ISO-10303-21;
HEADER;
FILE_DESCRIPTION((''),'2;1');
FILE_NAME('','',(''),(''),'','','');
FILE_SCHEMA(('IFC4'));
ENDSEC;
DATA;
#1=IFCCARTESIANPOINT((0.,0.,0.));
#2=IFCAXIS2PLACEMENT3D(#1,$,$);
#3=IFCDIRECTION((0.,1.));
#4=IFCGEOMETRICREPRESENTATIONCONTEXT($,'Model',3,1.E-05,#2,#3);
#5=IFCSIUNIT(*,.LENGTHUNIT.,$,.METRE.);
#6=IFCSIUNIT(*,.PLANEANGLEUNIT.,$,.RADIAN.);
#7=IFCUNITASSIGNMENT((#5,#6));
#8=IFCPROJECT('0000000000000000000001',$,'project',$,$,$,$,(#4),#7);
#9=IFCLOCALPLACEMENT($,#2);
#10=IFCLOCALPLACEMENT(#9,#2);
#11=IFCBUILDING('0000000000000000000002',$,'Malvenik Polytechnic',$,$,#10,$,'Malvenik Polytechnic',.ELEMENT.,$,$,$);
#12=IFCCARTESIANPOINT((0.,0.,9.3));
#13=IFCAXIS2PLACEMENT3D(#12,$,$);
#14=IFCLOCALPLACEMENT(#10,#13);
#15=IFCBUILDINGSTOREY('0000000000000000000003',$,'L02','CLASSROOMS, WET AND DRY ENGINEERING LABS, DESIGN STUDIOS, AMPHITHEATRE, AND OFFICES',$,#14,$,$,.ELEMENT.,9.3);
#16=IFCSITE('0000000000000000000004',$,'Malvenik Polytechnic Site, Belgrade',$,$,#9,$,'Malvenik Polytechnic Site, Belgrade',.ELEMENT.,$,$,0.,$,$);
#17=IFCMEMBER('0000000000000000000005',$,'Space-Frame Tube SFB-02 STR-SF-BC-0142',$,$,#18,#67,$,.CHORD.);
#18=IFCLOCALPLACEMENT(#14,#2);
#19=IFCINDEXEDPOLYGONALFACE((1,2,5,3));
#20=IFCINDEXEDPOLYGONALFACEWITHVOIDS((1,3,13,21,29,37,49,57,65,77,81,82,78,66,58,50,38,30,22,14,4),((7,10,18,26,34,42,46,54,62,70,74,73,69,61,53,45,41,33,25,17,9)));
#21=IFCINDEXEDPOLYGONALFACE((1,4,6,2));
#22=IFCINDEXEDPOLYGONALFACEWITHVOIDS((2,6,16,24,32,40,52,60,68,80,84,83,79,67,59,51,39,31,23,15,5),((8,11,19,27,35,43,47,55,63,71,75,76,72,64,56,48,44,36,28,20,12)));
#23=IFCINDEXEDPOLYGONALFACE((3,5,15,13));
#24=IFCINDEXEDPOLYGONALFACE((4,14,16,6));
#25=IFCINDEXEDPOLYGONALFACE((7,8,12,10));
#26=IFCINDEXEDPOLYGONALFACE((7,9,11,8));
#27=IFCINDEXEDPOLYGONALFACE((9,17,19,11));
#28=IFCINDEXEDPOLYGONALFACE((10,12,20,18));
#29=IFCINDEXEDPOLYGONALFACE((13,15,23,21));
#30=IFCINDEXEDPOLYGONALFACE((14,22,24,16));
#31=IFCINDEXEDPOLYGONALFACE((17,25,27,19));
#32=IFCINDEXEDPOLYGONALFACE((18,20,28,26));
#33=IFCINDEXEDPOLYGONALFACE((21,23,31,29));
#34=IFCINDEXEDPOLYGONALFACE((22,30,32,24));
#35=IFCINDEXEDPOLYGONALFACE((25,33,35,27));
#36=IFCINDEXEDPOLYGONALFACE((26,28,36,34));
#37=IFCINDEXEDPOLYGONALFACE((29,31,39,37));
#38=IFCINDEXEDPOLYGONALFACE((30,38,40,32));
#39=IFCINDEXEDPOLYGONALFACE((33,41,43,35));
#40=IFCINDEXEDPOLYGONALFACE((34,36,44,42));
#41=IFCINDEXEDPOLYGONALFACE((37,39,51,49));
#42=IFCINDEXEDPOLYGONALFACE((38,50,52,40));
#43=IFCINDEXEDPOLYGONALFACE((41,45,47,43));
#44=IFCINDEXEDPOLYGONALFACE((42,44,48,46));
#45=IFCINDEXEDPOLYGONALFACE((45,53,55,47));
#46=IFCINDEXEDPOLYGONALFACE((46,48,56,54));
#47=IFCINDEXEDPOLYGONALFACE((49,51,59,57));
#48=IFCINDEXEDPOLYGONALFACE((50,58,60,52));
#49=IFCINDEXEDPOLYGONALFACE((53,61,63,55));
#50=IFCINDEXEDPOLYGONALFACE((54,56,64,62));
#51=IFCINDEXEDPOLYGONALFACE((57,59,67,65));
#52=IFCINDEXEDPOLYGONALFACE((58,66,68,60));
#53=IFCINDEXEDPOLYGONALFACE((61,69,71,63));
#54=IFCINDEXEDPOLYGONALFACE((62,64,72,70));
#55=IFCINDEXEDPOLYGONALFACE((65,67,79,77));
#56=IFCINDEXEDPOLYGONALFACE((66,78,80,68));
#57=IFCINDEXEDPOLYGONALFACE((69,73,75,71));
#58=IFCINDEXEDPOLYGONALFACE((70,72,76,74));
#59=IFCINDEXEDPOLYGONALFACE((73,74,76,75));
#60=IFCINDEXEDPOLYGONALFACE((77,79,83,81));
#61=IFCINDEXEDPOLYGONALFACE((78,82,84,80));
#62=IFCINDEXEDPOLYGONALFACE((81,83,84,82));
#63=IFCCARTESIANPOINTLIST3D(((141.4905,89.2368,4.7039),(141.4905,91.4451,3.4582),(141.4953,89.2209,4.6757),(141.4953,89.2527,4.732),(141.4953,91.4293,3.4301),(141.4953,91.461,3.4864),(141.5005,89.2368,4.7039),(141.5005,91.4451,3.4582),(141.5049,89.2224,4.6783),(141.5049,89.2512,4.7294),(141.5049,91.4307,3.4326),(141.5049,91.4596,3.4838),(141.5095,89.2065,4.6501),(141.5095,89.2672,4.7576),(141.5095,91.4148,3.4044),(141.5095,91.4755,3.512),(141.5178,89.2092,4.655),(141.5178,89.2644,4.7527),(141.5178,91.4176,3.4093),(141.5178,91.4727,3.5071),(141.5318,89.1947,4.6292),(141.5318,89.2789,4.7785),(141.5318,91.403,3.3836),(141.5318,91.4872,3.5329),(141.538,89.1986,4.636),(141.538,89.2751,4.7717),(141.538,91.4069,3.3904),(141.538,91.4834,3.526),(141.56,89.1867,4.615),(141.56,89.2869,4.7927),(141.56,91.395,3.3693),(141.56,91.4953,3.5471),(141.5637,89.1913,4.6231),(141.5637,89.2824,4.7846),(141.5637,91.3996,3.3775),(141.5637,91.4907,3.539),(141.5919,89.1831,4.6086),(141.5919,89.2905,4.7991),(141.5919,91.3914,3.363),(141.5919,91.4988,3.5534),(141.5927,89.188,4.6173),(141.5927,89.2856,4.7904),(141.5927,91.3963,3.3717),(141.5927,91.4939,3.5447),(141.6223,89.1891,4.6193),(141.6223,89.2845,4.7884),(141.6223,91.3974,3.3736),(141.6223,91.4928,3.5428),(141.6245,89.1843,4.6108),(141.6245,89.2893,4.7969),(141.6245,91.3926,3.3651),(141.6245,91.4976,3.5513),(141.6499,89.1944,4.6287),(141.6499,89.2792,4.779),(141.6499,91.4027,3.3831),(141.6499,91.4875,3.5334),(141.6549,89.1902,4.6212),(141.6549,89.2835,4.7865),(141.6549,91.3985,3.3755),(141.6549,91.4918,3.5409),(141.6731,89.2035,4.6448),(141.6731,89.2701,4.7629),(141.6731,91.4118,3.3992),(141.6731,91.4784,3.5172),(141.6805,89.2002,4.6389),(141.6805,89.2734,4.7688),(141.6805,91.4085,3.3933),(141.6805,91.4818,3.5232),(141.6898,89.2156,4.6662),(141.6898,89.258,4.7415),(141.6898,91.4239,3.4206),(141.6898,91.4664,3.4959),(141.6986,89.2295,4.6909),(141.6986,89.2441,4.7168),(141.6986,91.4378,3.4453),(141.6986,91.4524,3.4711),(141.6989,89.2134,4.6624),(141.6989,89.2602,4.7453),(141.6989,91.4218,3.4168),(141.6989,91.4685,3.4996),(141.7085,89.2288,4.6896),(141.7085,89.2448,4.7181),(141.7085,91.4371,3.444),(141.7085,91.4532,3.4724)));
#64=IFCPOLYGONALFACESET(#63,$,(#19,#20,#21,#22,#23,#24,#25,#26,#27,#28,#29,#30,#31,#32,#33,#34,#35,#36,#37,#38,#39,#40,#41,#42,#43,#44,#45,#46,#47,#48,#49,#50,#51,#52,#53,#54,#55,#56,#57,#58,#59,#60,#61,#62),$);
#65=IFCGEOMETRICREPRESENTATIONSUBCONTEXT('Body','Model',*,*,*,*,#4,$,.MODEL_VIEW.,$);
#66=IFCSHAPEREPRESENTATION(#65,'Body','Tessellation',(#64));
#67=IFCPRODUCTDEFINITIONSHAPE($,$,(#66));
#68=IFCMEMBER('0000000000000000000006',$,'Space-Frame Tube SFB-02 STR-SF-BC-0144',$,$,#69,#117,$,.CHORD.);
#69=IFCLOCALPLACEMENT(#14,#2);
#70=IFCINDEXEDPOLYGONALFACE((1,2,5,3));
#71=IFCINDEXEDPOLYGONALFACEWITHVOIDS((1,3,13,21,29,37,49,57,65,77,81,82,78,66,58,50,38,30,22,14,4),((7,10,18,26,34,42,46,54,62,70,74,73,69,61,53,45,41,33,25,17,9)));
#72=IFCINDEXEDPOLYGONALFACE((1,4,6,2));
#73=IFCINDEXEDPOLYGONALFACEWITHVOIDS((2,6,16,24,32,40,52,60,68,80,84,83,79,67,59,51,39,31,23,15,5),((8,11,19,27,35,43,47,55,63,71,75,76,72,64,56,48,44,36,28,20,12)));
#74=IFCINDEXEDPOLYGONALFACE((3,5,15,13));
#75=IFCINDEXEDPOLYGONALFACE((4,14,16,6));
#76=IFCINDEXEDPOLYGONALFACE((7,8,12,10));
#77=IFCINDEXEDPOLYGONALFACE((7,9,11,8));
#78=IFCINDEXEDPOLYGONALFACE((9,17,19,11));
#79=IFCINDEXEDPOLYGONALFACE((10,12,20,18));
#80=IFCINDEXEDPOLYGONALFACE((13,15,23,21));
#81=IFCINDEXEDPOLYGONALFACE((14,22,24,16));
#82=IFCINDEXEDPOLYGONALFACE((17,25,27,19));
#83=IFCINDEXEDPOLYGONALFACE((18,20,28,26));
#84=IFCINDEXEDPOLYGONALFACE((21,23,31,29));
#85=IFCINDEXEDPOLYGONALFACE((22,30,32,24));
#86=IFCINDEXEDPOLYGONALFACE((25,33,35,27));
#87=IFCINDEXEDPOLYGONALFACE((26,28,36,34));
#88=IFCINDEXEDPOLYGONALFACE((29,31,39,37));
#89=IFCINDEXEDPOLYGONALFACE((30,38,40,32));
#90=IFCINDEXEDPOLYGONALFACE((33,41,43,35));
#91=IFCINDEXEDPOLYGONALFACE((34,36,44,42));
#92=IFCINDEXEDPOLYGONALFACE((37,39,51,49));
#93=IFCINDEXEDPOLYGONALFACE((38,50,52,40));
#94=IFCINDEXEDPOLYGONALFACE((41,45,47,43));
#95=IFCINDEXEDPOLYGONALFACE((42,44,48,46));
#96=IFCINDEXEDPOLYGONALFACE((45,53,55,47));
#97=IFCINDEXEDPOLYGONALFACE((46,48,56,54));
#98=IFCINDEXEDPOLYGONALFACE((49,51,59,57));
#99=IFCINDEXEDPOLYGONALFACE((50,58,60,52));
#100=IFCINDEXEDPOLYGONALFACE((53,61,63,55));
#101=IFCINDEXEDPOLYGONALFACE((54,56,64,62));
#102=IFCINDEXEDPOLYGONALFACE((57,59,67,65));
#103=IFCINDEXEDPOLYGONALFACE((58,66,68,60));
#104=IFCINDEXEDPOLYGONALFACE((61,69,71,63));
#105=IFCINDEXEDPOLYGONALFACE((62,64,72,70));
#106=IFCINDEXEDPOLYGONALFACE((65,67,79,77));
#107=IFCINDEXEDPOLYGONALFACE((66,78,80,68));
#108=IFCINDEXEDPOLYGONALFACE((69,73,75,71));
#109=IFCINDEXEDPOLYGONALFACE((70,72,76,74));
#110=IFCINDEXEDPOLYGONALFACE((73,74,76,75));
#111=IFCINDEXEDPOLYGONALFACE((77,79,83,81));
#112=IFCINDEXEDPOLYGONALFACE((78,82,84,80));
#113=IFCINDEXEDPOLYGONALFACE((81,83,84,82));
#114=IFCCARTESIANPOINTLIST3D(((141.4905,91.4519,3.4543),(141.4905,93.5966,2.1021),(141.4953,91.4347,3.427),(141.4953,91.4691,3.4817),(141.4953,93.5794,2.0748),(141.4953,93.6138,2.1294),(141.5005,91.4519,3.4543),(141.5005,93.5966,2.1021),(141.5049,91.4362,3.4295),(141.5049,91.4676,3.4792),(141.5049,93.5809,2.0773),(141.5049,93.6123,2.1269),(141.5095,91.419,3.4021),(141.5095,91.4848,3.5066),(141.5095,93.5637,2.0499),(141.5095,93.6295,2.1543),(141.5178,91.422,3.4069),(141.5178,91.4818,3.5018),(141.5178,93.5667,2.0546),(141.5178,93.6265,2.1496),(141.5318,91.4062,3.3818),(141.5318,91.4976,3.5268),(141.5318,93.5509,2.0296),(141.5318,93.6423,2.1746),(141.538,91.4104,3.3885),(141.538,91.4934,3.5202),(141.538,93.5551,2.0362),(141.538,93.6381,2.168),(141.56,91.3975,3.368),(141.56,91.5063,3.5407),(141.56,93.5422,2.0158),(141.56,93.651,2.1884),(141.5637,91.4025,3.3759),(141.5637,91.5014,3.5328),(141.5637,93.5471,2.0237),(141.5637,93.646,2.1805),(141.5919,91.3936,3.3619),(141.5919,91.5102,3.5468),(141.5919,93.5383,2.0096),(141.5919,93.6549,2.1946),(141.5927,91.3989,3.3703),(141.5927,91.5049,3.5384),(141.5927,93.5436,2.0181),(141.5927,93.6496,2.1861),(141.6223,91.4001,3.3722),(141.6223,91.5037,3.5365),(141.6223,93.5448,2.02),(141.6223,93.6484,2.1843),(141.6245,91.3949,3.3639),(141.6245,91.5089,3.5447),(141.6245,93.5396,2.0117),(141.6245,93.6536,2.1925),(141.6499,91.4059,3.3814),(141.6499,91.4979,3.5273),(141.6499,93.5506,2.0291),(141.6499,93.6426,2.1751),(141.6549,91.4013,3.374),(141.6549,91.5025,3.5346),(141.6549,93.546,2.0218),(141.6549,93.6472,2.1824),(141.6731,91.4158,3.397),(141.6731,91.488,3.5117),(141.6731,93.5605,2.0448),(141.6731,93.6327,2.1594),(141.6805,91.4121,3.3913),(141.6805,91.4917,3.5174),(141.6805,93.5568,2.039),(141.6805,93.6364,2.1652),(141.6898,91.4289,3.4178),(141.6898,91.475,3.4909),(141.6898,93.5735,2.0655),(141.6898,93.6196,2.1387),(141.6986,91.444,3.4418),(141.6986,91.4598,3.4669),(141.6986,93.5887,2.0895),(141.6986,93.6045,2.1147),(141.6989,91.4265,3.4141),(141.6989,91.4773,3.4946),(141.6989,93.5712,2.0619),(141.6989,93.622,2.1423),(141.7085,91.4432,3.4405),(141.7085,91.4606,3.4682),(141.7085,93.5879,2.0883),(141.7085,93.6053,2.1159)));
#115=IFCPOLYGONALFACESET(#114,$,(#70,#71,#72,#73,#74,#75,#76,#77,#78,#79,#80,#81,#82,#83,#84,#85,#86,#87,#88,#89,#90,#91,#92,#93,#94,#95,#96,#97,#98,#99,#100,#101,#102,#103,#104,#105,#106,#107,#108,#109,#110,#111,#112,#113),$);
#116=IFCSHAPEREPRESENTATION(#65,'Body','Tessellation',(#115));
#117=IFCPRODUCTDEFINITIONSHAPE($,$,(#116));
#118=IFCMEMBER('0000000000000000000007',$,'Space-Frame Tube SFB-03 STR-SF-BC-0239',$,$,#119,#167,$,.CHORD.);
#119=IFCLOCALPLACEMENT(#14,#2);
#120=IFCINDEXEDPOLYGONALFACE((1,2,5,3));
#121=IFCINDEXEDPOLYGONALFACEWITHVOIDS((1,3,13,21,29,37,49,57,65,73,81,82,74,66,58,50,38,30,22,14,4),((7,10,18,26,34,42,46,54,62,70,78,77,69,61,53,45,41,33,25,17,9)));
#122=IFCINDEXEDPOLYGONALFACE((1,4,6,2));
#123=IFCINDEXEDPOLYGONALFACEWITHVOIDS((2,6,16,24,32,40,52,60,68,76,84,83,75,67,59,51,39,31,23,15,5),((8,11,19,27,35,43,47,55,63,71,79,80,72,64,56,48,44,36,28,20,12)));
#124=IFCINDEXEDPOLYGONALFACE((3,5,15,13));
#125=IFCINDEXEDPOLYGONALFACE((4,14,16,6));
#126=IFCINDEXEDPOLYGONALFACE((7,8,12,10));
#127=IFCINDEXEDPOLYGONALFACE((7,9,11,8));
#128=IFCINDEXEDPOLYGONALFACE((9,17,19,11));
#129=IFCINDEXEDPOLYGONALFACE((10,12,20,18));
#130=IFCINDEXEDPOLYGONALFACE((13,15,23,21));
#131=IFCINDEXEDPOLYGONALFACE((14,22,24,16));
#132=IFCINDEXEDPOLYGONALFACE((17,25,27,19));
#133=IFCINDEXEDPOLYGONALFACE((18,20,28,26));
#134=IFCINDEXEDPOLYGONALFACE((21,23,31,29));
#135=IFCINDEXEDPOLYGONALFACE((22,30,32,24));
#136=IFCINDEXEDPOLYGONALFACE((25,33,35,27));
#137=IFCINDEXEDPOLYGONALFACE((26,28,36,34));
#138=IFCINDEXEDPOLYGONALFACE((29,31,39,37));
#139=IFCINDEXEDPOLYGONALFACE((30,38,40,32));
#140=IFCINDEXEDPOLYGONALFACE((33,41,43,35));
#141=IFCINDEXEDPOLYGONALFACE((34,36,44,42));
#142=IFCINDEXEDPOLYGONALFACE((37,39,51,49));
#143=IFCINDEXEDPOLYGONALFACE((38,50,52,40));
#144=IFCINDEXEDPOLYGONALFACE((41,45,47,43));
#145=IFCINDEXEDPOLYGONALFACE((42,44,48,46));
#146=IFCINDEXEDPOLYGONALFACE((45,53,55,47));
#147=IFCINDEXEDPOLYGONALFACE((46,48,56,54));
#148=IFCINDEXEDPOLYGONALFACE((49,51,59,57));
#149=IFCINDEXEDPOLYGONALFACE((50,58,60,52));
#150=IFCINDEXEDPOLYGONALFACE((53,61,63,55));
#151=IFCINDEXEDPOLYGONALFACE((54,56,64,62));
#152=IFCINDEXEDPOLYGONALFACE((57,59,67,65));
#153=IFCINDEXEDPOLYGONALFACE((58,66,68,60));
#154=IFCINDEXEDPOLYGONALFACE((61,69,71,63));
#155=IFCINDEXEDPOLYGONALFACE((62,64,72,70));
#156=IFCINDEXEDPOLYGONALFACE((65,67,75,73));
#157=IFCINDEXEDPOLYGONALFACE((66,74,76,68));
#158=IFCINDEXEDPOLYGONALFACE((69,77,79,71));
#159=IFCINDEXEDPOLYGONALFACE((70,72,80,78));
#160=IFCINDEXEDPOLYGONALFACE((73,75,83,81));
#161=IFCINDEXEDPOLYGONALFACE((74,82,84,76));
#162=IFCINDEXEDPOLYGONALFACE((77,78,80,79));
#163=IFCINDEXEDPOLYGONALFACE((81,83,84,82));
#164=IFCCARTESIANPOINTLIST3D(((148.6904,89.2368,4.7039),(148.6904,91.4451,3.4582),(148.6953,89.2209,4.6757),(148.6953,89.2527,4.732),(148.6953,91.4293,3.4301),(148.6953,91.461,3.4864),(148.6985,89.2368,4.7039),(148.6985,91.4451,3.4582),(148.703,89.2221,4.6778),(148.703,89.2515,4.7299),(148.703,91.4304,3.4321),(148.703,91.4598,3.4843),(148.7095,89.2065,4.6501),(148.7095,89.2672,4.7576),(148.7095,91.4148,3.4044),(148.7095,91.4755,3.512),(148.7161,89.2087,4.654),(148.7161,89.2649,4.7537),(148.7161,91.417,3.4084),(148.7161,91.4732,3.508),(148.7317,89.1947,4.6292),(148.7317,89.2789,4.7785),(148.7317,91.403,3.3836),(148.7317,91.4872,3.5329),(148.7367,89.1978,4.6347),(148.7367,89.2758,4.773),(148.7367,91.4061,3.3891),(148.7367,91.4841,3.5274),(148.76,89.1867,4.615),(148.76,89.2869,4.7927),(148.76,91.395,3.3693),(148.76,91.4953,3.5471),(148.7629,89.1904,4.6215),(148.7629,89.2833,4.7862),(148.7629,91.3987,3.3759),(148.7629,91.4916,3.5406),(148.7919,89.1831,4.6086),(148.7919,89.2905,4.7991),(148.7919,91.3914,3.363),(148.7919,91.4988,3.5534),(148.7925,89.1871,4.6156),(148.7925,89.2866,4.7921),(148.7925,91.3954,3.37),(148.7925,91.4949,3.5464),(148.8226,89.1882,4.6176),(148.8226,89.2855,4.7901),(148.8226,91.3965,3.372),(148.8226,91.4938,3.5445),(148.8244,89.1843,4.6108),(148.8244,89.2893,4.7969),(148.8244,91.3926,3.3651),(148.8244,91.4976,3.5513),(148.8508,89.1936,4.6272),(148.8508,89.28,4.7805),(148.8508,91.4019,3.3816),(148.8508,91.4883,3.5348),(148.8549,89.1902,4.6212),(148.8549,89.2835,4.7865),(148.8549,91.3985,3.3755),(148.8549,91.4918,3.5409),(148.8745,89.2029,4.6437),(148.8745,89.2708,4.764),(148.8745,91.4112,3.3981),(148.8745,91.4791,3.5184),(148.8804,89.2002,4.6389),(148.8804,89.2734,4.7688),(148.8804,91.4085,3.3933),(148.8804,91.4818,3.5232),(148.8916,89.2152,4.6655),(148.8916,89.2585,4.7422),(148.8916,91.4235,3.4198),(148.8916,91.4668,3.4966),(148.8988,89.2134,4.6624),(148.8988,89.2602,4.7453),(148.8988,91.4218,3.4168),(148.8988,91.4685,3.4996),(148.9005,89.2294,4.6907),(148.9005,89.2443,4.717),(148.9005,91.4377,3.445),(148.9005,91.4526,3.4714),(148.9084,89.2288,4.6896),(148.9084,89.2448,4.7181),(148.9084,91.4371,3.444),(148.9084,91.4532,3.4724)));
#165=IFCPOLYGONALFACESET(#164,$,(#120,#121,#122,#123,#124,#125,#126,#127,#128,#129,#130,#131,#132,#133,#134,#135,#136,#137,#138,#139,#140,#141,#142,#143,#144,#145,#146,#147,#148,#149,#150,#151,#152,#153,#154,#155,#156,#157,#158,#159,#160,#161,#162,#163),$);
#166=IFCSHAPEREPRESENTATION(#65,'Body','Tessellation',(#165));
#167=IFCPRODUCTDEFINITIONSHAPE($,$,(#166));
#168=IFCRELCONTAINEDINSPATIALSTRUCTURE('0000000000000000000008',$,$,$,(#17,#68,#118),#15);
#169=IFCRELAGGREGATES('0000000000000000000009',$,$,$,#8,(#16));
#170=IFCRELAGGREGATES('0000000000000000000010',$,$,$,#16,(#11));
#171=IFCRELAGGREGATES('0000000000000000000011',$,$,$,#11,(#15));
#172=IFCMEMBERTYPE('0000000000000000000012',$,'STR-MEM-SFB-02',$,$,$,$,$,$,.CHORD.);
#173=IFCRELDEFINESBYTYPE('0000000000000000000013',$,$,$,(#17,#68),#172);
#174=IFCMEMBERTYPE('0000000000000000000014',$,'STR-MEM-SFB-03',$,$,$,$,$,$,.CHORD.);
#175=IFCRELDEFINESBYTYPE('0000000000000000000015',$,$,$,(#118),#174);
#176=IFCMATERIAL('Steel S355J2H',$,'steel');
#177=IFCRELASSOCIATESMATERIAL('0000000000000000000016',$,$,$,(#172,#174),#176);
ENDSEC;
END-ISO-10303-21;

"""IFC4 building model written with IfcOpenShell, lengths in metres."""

from ifc_helpers import new_model, si_unit, direction, frame, origin, origin_2d, place, context, subcontext, project, spatial, hollow_circle, extrude, material, material_profile, profile_set, type_object, element, save


model = new_model("IFC4")

# Units and contexts
model_context = context("Model", 3, precision=1e-05, world=origin(), true_north=direction((0.0, 1.0)))
body_context = subcontext(model_context, "Body", "Model", "MODEL_VIEW")
ifc_project = project(units=[si_unit("LENGTHUNIT", "METRE"), si_unit("PLANEANGLEUNIT", "RADIAN")], contexts=[model_context])

# Site, building, storey
site_placement = place(None, origin())
site = spatial("IfcSite", under=ifc_project, at=site_placement, Name="Malvenik Polytechnic Site, Belgrade", LongName="Malvenik Polytechnic Site, Belgrade", CompositionType="ELEMENT", RefElevation=0.0)
building_placement = place(site_placement, origin())
building = spatial("IfcBuilding", under=site, at=building_placement, Name="Malvenik Polytechnic", LongName="Malvenik Polytechnic", CompositionType="ELEMENT")
storey_placement = place(building_placement, frame((0.0, 0.0, 9.3)))
storey = spatial("IfcBuildingStorey", under=building, at=storey_placement, Name="L02", Description="CLASSROOMS, WET AND DRY ENGINEERING LABS, DESIGN STUDIOS, AMPHITHEATRE, AND OFFICES", CompositionType="ELEMENT", Elevation=9.3)

# Members
ifc_material_1 = material(Name="Steel S355J2H", Category="steel")
ifc_material_profile_1 = material_profile(ifc_material_1, hollow_circle(Radius=0.1096, WallThickness=0.01, at=origin_2d()), Name="CHS 219.1x10.0")
ifc_profile_set_1 = profile_set([ifc_material_profile_1], Name="Steel S355J2H")
member_type_1 = type_object("IfcMemberType", Name="STR-MEM-SFB-02", PredefinedType="CHORD", material=ifc_profile_set_1)
for number, where, z_axis, x_axis, name in (
    (1, (141.6001, 89.2368, 4.7039), (0.0, 0.870991, -0.491299), (-1.0, 0.0, 0.0), "Space-Frame Tube SFB-02 STR-SF-BC-0142"),
    (2, (141.6001, 91.4519, 3.4543), (0.0, 0.845898, -0.533344), (-1.0, 0.0, 0.0), "Space-Frame Tube SFB-02 STR-SF-BC-0144"),
):
    element("IfcMember", number, at=place(storey_placement, frame(where, z_axis=z_axis, x_axis=x_axis)), inside=storey, type_object=member_type_1, Name=name, PredefinedType="CHORD", context=body_context, shape_type="SweptSolid", body=[
        extrude(hollow_circle(Radius=0.1096, WallThickness=0.01, at=origin_2d()), origin(), (0.0, 0.0, 1.0), 2.5354),
    ])
ifc_material_profile_2 = material_profile(ifc_material_1, hollow_circle(Radius=0.1096, WallThickness=0.0081, at=origin_2d()), Name="CHS 219.1x8.0")
ifc_profile_set_2 = profile_set([ifc_material_profile_2], Name="Steel S355J2H")
member_type_2 = type_object("IfcMemberType", Name="STR-MEM-SFB-03", PredefinedType="CHORD", material=ifc_profile_set_2)
for number, where, z_axis, x_axis, name in (
    (3, (148.8, 89.2368, 4.7039), (0.0, 0.870991, -0.491299), (-1.0, 0.0, 0.0), "Space-Frame Tube SFB-03 STR-SF-BC-0239"),
):
    element("IfcMember", number, at=place(storey_placement, frame(where, z_axis=z_axis, x_axis=x_axis)), inside=storey, type_object=member_type_2, Name=name, PredefinedType="CHORD", context=body_context, shape_type="SweptSolid", body=[
        extrude(hollow_circle(Radius=0.1096, WallThickness=0.0081, at=origin_2d()), origin(), (0.0, 0.0, 1.0), 2.5354),
    ])

save(model, "model.ifc")
